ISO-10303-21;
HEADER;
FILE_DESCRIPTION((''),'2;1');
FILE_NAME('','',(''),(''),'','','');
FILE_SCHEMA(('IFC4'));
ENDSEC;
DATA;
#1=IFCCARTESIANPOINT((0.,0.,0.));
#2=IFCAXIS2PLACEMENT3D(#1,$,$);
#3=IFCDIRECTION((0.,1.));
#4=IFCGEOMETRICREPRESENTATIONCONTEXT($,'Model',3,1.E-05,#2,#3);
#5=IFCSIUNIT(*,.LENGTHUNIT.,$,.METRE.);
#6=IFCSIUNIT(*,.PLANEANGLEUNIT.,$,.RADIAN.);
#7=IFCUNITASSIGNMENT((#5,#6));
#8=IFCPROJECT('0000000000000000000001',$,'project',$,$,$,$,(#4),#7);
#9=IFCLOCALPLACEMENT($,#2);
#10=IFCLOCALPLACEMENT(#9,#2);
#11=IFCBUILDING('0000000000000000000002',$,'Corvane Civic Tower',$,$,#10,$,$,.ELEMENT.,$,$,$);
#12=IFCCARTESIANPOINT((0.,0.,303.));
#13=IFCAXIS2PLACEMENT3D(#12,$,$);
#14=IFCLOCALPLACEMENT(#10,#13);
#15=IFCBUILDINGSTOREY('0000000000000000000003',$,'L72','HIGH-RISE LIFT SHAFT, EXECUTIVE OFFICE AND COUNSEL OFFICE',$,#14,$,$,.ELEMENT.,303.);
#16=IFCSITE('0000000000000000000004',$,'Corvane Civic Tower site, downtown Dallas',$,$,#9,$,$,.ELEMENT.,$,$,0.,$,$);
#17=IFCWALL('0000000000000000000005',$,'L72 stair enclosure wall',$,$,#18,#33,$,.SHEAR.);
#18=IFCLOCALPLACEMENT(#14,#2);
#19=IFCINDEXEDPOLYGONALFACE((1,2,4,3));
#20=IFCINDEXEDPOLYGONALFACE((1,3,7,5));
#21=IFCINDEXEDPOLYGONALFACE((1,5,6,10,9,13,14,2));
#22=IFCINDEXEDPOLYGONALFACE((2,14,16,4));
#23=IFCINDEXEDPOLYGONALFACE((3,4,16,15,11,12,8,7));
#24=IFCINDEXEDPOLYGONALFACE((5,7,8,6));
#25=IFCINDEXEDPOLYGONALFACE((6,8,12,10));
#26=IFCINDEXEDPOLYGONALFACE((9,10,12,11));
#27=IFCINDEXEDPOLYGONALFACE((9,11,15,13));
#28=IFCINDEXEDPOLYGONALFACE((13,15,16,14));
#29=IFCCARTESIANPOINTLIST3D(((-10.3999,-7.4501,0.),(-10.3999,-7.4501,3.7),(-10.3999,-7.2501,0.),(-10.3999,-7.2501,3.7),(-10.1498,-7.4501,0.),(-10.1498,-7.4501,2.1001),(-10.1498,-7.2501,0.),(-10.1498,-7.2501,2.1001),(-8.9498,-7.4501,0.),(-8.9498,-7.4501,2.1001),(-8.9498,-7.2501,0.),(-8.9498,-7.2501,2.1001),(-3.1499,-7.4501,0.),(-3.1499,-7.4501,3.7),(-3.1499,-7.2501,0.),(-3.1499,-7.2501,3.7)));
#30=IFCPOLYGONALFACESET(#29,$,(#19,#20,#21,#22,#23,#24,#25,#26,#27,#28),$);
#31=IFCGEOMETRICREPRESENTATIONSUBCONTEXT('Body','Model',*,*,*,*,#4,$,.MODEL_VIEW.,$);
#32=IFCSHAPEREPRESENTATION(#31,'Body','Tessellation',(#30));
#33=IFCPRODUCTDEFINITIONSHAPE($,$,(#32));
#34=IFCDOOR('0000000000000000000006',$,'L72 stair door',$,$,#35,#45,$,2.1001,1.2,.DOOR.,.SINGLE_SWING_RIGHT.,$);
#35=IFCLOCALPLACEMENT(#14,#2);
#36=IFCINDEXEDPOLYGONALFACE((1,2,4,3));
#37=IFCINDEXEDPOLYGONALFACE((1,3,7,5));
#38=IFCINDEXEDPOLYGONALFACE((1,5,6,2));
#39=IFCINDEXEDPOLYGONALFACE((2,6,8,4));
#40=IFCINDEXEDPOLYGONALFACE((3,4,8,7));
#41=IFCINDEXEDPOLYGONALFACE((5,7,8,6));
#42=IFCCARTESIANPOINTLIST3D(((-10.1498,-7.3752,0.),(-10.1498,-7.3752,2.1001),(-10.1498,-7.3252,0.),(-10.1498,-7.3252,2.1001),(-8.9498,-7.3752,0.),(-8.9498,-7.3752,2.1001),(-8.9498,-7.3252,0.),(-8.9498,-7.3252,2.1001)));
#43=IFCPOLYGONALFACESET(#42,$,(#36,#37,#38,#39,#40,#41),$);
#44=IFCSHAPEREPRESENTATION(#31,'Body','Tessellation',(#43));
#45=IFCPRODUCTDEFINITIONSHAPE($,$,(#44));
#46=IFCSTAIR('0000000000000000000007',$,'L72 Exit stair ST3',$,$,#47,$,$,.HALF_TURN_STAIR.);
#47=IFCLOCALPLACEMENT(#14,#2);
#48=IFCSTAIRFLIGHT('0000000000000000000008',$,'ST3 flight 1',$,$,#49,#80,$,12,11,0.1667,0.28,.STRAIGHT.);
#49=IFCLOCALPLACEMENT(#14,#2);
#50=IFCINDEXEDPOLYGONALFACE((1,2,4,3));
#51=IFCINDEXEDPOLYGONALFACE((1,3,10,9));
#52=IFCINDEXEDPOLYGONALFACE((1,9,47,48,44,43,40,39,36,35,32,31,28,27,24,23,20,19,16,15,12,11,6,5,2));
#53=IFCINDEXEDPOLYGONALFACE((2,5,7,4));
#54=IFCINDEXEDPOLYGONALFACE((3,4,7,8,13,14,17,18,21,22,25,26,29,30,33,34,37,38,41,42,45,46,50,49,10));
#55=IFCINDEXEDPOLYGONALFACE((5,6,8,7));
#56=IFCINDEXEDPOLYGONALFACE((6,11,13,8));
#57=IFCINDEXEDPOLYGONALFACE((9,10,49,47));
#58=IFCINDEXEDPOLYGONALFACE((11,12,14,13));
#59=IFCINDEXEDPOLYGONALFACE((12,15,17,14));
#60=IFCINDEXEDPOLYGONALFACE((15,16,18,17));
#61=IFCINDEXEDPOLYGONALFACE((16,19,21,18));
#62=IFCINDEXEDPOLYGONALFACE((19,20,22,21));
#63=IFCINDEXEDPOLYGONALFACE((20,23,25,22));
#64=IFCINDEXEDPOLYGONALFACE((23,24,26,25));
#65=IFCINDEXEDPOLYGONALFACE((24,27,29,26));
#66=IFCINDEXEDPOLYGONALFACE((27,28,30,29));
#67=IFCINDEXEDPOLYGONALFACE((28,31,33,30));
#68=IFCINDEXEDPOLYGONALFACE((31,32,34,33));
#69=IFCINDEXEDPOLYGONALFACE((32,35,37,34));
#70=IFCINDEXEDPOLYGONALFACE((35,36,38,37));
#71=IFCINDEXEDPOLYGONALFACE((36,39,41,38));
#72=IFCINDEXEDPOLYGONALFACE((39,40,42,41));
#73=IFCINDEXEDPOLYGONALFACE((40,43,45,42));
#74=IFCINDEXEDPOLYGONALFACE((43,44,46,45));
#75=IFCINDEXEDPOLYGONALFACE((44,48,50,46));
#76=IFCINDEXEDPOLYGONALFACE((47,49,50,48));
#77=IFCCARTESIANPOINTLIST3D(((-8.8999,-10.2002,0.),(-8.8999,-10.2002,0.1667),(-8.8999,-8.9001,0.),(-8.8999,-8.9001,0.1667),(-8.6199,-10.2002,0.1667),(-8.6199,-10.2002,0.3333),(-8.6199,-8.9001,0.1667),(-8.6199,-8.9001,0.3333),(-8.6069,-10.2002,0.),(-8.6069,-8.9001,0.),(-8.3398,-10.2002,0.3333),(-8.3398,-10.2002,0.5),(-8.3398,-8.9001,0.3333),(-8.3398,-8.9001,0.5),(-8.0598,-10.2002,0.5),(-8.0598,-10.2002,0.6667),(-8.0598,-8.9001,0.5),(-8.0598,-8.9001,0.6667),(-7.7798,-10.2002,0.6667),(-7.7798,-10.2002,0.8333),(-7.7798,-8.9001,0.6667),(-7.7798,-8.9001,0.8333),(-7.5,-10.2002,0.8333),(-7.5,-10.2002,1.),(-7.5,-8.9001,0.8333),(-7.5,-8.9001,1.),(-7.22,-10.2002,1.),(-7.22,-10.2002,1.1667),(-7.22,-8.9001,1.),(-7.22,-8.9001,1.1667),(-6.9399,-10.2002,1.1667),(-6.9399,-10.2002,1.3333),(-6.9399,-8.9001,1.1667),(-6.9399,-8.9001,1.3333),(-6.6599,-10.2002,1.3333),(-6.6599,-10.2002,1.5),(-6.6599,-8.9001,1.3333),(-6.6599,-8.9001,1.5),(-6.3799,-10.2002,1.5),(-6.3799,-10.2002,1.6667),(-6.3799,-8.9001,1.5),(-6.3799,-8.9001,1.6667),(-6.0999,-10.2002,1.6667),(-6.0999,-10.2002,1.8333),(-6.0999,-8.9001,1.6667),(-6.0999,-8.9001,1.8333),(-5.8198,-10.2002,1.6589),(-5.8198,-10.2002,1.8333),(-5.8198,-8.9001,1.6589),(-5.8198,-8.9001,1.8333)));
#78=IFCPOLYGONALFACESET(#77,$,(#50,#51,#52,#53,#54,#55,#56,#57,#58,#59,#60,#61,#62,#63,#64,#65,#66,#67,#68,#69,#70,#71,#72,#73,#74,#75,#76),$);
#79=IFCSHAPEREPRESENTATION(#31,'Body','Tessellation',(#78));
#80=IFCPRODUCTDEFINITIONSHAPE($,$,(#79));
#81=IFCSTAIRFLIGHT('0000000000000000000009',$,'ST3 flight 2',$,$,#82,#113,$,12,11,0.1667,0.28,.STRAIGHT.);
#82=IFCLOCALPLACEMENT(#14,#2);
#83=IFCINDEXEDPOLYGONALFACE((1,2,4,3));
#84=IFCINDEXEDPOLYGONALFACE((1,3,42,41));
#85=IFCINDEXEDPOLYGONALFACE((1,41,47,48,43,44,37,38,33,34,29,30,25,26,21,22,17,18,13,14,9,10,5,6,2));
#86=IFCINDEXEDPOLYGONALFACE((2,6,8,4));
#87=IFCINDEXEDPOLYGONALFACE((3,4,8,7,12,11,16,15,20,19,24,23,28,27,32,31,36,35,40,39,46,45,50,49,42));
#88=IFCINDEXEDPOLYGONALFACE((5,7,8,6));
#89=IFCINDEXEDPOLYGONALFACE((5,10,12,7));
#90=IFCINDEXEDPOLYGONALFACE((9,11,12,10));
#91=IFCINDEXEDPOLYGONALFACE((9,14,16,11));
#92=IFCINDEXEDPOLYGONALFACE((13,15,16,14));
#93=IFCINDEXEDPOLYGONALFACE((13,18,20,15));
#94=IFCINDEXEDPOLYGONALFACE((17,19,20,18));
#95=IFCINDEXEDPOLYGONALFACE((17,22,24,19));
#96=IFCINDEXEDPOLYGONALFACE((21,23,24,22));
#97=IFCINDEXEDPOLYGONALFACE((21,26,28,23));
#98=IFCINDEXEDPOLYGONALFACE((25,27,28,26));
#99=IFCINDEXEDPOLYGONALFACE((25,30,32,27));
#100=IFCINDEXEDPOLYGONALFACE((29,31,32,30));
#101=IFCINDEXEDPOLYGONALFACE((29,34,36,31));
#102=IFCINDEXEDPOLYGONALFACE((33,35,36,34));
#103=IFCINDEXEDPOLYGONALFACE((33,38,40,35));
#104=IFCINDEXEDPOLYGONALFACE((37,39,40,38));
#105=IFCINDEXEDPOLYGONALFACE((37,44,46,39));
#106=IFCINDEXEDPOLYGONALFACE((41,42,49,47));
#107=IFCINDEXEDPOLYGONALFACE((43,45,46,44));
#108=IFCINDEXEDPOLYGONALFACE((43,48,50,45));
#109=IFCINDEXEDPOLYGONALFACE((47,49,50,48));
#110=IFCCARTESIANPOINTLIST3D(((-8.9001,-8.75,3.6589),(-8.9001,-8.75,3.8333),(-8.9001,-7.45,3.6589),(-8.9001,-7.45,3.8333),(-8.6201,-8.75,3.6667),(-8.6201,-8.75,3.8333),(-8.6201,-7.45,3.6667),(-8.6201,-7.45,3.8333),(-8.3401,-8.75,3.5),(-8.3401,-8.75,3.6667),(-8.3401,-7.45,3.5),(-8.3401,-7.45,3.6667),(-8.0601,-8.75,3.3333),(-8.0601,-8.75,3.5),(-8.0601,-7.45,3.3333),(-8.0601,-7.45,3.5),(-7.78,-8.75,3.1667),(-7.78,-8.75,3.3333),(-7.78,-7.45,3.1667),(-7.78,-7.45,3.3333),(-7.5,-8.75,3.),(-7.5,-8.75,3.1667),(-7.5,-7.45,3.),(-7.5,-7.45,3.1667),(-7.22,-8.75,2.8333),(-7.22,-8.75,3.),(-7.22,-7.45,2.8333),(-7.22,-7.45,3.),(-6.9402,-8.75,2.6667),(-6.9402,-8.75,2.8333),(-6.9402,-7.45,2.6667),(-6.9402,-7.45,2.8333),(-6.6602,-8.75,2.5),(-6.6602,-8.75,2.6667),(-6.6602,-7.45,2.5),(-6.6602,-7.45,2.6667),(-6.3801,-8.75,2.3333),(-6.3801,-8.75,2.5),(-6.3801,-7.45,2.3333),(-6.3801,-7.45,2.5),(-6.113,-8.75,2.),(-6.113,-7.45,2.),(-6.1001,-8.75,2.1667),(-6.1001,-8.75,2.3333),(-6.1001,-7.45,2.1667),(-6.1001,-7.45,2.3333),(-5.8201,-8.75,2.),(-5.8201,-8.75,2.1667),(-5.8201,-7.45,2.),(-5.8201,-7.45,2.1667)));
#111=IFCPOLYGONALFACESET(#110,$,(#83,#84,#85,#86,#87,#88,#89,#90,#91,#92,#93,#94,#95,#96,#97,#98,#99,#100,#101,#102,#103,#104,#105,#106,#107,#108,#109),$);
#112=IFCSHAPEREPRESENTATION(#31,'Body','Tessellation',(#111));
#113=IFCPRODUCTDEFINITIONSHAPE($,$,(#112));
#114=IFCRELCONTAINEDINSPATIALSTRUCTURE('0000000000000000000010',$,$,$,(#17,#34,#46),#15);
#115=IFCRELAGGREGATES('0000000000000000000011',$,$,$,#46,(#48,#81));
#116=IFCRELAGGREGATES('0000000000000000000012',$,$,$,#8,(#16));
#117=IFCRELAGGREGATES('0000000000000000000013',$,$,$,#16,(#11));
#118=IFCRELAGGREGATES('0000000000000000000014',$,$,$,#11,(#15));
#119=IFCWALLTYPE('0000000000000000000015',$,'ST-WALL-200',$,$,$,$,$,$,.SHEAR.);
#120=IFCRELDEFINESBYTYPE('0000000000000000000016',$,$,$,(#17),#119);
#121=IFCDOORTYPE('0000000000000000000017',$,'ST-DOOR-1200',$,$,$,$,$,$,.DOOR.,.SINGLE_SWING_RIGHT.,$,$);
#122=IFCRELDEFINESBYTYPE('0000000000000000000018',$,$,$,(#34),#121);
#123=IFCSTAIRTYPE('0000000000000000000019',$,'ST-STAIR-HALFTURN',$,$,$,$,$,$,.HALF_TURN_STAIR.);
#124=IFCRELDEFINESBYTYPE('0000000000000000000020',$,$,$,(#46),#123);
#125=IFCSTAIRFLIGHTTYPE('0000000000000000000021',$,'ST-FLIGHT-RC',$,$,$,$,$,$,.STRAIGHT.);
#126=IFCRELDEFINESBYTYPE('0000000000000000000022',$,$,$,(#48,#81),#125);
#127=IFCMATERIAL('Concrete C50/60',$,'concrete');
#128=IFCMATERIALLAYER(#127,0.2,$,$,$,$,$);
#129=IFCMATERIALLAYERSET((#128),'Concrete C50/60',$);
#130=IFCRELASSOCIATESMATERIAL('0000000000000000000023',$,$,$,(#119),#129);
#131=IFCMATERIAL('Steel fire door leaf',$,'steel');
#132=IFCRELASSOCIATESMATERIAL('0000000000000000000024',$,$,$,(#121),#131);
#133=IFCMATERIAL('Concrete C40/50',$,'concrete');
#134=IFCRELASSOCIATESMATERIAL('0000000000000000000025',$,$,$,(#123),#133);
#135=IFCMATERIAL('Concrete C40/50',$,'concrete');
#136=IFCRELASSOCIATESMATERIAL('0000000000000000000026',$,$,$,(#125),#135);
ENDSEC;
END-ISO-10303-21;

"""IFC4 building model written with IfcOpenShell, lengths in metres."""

from ifc_helpers import new_model, si_unit, direction, frame, frame_2d, origin, place, context, subcontext, project, spatial, polyline, rectangle, outline, extrude, material, layer, layer_set, type_object, element, fill, aggregate, save


model = new_model("IFC4")

# Units and contexts
model_context = context("Model", 3, precision=1e-05, world=origin(), true_north=direction((0.0, 1.0)))
body_context = subcontext(model_context, "Body", "Model", "MODEL_VIEW")
ifc_project = project(units=[si_unit("LENGTHUNIT", "METRE"), si_unit("PLANEANGLEUNIT", "RADIAN")], contexts=[model_context])

# Site, building, storey
site_placement = place(None, origin())
site = spatial("IfcSite", under=ifc_project, at=site_placement, Name="Corvane Civic Tower site, downtown Dallas", CompositionType="ELEMENT", RefElevation=0.0)
building_placement = place(site_placement, origin())
building = spatial("IfcBuilding", under=site, at=building_placement, Name="Corvane Civic Tower", CompositionType="ELEMENT")
storey_placement = place(building_placement, frame((0.0, 0.0, 303.0)))
storey = spatial("IfcBuildingStorey", under=building, at=storey_placement, Name="L72", Description="HIGH-RISE LIFT SHAFT, EXECUTIVE OFFICE AND COUNSEL OFFICE", CompositionType="ELEMENT", Elevation=303.0)

# Wall, opening, door
ifc_material_1 = material(Name="Concrete C50/60", Category="concrete")
ifc_layer_1 = layer(ifc_material_1, 0.2)
ifc_layer_set_1 = layer_set([ifc_layer_1], Name="Concrete C50/60")
wall_type_1 = type_object("IfcWallType", Name="ST-WALL-200", PredefinedType="SHEAR", material=ifc_layer_set_1)
wall_1_placement = place(storey_placement, frame((-10.3999, -7.3501, 0.0), z_axis=(0.0, 0.0, 1.0), x_axis=(1.0, 0.0, 0.0)))
wall_1 = element("IfcWall", 1, at=wall_1_placement, inside=storey, type_object=wall_type_1, Name="L72 stair enclosure wall", PredefinedType="SHEAR", context=body_context, shape_type="SweptSolid", body=[
    extrude(rectangle(XDim=7.25, YDim=0.2, at=frame_2d((3.625, 0.0))), origin(), (0.0, 0.0, 1.0), 3.7),
])
opening_1_placement = place(wall_1_placement, frame((0.25, 0.0, 0.0)))
opening_1 = element("IfcOpeningElement", 2, at=opening_1_placement, cuts=wall_1, PredefinedType="OPENING", context=body_context, shape_type="SweptSolid", body=[
    extrude(rectangle(XDim=1.2, YDim=2.1001, at=frame_2d((0.6001, 1.05))), frame((0.0, 0.1099, 0.0), z_axis=(0.0, -1.0, 0.0), x_axis=(1.0, 0.0, 0.0)), (0.0, 0.0, 1.0), 0.22),
])
ifc_material_2 = material(Name="Steel fire door leaf", Category="steel")
door_type_1 = type_object("IfcDoorType", Name="ST-DOOR-1200", OperationType="SINGLE_SWING_RIGHT", PredefinedType="DOOR", material=ifc_material_2)
door_1_placement = place(opening_1_placement, origin())
door_1 = element("IfcDoor", 3, at=door_1_placement, inside=storey, type_object=door_type_1, Name="L72 stair door", OperationType="SINGLE_SWING_RIGHT", OverallHeight=2.1001, OverallWidth=1.2, PredefinedType="DOOR", context=body_context, shape_type="SweptSolid", body=[
    extrude(rectangle(XDim=1.2, YDim=2.1001, at=frame_2d((0.6001, 1.05))), frame((0.0, 0.0249, 0.0), z_axis=(0.0, -1.0, 0.0), x_axis=(1.0, 0.0, 0.0)), (0.0, 0.0, 1.0), 0.05),
])
fill(opening_1, door_1)

# Stair, stair flights
ifc_material_3 = material(Name="Concrete C40/50", Category="concrete")
stair_type = type_object("IfcStairType", Name="ST-STAIR-HALFTURN", PredefinedType="HALF_TURN_STAIR", material=ifc_material_3)
stair_placement = place(storey_placement, origin())
stair = element("IfcStair", 4, at=stair_placement, inside=storey, type_object=stair_type, Name="L72 Exit stair ST3", PredefinedType="HALF_TURN_STAIR")
ifc_material_4 = material(Name="Concrete C40/50", Category="concrete")
stair_flight_type = type_object("IfcStairFlightType", Name="ST-FLIGHT-RC", PredefinedType="STRAIGHT", material=ifc_material_4)
stair_flight_1_placement = place(storey_placement, frame((-8.8999, -9.55, 0.0), z_axis=(0.0, 0.0, 1.0), x_axis=(1.0, 0.0, 0.0)))
stair_flight_1 = element("IfcStairFlight", 5, at=stair_flight_1_placement, type_object=stair_flight_type, Name="ST3 flight 1", NumberOfRisers=12, NumberOfTreads=11, PredefinedType="STRAIGHT", RiserHeight=0.1667, TreadLength=0.28, context=body_context, shape_type="SweptSolid", body=[
    extrude(outline(polyline([(0.0, 0.0), (0.0, 0.1667), (0.28, 0.1667), (0.28, 0.3333), (0.5601, 0.3333), (0.5601, 0.5), (0.8401, 0.5), (0.8401, 0.6667), (1.1201, 0.6667), (1.1201, 0.8333), (1.3999, 0.8333), (1.3999, 1.0), (1.6799, 1.0), (1.6799, 1.1667), (1.96, 1.1667), (1.96, 1.3333), (2.24, 1.3333), (2.24, 1.5), (2.52, 1.5), (2.52, 1.6667), (2.8, 1.6667), (2.8, 1.8333), (3.0801, 1.8333), (3.0801, 2.0), (3.0801, 1.6589), (0.293, 0.0), (0.0, 0.0)])), frame((0.0, 0.6499, 0.0), z_axis=(0.0, -1.0, 0.0), x_axis=(1.0, 0.0, 0.0)), (0.0, 0.0, 1.0), 1.3),
])
stair_flight_2_placement = place(storey_placement, frame((-5.8201, -8.1001, 2.0), z_axis=(0.0, 0.0, 1.0), x_axis=(-1.0, 0.0, 0.0)))
stair_flight_2 = element("IfcStairFlight", 6, at=stair_flight_2_placement, type_object=stair_flight_type, Name="ST3 flight 2", NumberOfRisers=12, NumberOfTreads=11, PredefinedType="STRAIGHT", RiserHeight=0.1667, TreadLength=0.28, context=body_context, shape_type="SweptSolid", body=[
    extrude(outline(polyline([(0.0, 0.0), (0.0, 0.1667), (0.28, 0.1667), (0.28, 0.3333), (0.5601, 0.3333), (0.5601, 0.5), (0.8401, 0.5), (0.8401, 0.6667), (1.1201, 0.6667), (1.1201, 0.8333), (1.3999, 0.8333), (1.3999, 1.0), (1.6799, 1.0), (1.6799, 1.1667), (1.96, 1.1667), (1.96, 1.3333), (2.24, 1.3333), (2.24, 1.5), (2.52, 1.5), (2.52, 1.6667), (2.8, 1.6667), (2.8, 1.8333), (3.0801, 1.8333), (3.0801, 2.0), (3.0801, 1.6589), (0.293, 0.0), (0.0, 0.0)])), frame((0.0, 0.6499, 0.0), z_axis=(0.0, -1.0, 0.0), x_axis=(1.0, 0.0, 0.0)), (0.0, 0.0, 1.0), 1.3),
])
aggregate(stair, [stair_flight_1, stair_flight_2])

save(model, "model.ifc")
